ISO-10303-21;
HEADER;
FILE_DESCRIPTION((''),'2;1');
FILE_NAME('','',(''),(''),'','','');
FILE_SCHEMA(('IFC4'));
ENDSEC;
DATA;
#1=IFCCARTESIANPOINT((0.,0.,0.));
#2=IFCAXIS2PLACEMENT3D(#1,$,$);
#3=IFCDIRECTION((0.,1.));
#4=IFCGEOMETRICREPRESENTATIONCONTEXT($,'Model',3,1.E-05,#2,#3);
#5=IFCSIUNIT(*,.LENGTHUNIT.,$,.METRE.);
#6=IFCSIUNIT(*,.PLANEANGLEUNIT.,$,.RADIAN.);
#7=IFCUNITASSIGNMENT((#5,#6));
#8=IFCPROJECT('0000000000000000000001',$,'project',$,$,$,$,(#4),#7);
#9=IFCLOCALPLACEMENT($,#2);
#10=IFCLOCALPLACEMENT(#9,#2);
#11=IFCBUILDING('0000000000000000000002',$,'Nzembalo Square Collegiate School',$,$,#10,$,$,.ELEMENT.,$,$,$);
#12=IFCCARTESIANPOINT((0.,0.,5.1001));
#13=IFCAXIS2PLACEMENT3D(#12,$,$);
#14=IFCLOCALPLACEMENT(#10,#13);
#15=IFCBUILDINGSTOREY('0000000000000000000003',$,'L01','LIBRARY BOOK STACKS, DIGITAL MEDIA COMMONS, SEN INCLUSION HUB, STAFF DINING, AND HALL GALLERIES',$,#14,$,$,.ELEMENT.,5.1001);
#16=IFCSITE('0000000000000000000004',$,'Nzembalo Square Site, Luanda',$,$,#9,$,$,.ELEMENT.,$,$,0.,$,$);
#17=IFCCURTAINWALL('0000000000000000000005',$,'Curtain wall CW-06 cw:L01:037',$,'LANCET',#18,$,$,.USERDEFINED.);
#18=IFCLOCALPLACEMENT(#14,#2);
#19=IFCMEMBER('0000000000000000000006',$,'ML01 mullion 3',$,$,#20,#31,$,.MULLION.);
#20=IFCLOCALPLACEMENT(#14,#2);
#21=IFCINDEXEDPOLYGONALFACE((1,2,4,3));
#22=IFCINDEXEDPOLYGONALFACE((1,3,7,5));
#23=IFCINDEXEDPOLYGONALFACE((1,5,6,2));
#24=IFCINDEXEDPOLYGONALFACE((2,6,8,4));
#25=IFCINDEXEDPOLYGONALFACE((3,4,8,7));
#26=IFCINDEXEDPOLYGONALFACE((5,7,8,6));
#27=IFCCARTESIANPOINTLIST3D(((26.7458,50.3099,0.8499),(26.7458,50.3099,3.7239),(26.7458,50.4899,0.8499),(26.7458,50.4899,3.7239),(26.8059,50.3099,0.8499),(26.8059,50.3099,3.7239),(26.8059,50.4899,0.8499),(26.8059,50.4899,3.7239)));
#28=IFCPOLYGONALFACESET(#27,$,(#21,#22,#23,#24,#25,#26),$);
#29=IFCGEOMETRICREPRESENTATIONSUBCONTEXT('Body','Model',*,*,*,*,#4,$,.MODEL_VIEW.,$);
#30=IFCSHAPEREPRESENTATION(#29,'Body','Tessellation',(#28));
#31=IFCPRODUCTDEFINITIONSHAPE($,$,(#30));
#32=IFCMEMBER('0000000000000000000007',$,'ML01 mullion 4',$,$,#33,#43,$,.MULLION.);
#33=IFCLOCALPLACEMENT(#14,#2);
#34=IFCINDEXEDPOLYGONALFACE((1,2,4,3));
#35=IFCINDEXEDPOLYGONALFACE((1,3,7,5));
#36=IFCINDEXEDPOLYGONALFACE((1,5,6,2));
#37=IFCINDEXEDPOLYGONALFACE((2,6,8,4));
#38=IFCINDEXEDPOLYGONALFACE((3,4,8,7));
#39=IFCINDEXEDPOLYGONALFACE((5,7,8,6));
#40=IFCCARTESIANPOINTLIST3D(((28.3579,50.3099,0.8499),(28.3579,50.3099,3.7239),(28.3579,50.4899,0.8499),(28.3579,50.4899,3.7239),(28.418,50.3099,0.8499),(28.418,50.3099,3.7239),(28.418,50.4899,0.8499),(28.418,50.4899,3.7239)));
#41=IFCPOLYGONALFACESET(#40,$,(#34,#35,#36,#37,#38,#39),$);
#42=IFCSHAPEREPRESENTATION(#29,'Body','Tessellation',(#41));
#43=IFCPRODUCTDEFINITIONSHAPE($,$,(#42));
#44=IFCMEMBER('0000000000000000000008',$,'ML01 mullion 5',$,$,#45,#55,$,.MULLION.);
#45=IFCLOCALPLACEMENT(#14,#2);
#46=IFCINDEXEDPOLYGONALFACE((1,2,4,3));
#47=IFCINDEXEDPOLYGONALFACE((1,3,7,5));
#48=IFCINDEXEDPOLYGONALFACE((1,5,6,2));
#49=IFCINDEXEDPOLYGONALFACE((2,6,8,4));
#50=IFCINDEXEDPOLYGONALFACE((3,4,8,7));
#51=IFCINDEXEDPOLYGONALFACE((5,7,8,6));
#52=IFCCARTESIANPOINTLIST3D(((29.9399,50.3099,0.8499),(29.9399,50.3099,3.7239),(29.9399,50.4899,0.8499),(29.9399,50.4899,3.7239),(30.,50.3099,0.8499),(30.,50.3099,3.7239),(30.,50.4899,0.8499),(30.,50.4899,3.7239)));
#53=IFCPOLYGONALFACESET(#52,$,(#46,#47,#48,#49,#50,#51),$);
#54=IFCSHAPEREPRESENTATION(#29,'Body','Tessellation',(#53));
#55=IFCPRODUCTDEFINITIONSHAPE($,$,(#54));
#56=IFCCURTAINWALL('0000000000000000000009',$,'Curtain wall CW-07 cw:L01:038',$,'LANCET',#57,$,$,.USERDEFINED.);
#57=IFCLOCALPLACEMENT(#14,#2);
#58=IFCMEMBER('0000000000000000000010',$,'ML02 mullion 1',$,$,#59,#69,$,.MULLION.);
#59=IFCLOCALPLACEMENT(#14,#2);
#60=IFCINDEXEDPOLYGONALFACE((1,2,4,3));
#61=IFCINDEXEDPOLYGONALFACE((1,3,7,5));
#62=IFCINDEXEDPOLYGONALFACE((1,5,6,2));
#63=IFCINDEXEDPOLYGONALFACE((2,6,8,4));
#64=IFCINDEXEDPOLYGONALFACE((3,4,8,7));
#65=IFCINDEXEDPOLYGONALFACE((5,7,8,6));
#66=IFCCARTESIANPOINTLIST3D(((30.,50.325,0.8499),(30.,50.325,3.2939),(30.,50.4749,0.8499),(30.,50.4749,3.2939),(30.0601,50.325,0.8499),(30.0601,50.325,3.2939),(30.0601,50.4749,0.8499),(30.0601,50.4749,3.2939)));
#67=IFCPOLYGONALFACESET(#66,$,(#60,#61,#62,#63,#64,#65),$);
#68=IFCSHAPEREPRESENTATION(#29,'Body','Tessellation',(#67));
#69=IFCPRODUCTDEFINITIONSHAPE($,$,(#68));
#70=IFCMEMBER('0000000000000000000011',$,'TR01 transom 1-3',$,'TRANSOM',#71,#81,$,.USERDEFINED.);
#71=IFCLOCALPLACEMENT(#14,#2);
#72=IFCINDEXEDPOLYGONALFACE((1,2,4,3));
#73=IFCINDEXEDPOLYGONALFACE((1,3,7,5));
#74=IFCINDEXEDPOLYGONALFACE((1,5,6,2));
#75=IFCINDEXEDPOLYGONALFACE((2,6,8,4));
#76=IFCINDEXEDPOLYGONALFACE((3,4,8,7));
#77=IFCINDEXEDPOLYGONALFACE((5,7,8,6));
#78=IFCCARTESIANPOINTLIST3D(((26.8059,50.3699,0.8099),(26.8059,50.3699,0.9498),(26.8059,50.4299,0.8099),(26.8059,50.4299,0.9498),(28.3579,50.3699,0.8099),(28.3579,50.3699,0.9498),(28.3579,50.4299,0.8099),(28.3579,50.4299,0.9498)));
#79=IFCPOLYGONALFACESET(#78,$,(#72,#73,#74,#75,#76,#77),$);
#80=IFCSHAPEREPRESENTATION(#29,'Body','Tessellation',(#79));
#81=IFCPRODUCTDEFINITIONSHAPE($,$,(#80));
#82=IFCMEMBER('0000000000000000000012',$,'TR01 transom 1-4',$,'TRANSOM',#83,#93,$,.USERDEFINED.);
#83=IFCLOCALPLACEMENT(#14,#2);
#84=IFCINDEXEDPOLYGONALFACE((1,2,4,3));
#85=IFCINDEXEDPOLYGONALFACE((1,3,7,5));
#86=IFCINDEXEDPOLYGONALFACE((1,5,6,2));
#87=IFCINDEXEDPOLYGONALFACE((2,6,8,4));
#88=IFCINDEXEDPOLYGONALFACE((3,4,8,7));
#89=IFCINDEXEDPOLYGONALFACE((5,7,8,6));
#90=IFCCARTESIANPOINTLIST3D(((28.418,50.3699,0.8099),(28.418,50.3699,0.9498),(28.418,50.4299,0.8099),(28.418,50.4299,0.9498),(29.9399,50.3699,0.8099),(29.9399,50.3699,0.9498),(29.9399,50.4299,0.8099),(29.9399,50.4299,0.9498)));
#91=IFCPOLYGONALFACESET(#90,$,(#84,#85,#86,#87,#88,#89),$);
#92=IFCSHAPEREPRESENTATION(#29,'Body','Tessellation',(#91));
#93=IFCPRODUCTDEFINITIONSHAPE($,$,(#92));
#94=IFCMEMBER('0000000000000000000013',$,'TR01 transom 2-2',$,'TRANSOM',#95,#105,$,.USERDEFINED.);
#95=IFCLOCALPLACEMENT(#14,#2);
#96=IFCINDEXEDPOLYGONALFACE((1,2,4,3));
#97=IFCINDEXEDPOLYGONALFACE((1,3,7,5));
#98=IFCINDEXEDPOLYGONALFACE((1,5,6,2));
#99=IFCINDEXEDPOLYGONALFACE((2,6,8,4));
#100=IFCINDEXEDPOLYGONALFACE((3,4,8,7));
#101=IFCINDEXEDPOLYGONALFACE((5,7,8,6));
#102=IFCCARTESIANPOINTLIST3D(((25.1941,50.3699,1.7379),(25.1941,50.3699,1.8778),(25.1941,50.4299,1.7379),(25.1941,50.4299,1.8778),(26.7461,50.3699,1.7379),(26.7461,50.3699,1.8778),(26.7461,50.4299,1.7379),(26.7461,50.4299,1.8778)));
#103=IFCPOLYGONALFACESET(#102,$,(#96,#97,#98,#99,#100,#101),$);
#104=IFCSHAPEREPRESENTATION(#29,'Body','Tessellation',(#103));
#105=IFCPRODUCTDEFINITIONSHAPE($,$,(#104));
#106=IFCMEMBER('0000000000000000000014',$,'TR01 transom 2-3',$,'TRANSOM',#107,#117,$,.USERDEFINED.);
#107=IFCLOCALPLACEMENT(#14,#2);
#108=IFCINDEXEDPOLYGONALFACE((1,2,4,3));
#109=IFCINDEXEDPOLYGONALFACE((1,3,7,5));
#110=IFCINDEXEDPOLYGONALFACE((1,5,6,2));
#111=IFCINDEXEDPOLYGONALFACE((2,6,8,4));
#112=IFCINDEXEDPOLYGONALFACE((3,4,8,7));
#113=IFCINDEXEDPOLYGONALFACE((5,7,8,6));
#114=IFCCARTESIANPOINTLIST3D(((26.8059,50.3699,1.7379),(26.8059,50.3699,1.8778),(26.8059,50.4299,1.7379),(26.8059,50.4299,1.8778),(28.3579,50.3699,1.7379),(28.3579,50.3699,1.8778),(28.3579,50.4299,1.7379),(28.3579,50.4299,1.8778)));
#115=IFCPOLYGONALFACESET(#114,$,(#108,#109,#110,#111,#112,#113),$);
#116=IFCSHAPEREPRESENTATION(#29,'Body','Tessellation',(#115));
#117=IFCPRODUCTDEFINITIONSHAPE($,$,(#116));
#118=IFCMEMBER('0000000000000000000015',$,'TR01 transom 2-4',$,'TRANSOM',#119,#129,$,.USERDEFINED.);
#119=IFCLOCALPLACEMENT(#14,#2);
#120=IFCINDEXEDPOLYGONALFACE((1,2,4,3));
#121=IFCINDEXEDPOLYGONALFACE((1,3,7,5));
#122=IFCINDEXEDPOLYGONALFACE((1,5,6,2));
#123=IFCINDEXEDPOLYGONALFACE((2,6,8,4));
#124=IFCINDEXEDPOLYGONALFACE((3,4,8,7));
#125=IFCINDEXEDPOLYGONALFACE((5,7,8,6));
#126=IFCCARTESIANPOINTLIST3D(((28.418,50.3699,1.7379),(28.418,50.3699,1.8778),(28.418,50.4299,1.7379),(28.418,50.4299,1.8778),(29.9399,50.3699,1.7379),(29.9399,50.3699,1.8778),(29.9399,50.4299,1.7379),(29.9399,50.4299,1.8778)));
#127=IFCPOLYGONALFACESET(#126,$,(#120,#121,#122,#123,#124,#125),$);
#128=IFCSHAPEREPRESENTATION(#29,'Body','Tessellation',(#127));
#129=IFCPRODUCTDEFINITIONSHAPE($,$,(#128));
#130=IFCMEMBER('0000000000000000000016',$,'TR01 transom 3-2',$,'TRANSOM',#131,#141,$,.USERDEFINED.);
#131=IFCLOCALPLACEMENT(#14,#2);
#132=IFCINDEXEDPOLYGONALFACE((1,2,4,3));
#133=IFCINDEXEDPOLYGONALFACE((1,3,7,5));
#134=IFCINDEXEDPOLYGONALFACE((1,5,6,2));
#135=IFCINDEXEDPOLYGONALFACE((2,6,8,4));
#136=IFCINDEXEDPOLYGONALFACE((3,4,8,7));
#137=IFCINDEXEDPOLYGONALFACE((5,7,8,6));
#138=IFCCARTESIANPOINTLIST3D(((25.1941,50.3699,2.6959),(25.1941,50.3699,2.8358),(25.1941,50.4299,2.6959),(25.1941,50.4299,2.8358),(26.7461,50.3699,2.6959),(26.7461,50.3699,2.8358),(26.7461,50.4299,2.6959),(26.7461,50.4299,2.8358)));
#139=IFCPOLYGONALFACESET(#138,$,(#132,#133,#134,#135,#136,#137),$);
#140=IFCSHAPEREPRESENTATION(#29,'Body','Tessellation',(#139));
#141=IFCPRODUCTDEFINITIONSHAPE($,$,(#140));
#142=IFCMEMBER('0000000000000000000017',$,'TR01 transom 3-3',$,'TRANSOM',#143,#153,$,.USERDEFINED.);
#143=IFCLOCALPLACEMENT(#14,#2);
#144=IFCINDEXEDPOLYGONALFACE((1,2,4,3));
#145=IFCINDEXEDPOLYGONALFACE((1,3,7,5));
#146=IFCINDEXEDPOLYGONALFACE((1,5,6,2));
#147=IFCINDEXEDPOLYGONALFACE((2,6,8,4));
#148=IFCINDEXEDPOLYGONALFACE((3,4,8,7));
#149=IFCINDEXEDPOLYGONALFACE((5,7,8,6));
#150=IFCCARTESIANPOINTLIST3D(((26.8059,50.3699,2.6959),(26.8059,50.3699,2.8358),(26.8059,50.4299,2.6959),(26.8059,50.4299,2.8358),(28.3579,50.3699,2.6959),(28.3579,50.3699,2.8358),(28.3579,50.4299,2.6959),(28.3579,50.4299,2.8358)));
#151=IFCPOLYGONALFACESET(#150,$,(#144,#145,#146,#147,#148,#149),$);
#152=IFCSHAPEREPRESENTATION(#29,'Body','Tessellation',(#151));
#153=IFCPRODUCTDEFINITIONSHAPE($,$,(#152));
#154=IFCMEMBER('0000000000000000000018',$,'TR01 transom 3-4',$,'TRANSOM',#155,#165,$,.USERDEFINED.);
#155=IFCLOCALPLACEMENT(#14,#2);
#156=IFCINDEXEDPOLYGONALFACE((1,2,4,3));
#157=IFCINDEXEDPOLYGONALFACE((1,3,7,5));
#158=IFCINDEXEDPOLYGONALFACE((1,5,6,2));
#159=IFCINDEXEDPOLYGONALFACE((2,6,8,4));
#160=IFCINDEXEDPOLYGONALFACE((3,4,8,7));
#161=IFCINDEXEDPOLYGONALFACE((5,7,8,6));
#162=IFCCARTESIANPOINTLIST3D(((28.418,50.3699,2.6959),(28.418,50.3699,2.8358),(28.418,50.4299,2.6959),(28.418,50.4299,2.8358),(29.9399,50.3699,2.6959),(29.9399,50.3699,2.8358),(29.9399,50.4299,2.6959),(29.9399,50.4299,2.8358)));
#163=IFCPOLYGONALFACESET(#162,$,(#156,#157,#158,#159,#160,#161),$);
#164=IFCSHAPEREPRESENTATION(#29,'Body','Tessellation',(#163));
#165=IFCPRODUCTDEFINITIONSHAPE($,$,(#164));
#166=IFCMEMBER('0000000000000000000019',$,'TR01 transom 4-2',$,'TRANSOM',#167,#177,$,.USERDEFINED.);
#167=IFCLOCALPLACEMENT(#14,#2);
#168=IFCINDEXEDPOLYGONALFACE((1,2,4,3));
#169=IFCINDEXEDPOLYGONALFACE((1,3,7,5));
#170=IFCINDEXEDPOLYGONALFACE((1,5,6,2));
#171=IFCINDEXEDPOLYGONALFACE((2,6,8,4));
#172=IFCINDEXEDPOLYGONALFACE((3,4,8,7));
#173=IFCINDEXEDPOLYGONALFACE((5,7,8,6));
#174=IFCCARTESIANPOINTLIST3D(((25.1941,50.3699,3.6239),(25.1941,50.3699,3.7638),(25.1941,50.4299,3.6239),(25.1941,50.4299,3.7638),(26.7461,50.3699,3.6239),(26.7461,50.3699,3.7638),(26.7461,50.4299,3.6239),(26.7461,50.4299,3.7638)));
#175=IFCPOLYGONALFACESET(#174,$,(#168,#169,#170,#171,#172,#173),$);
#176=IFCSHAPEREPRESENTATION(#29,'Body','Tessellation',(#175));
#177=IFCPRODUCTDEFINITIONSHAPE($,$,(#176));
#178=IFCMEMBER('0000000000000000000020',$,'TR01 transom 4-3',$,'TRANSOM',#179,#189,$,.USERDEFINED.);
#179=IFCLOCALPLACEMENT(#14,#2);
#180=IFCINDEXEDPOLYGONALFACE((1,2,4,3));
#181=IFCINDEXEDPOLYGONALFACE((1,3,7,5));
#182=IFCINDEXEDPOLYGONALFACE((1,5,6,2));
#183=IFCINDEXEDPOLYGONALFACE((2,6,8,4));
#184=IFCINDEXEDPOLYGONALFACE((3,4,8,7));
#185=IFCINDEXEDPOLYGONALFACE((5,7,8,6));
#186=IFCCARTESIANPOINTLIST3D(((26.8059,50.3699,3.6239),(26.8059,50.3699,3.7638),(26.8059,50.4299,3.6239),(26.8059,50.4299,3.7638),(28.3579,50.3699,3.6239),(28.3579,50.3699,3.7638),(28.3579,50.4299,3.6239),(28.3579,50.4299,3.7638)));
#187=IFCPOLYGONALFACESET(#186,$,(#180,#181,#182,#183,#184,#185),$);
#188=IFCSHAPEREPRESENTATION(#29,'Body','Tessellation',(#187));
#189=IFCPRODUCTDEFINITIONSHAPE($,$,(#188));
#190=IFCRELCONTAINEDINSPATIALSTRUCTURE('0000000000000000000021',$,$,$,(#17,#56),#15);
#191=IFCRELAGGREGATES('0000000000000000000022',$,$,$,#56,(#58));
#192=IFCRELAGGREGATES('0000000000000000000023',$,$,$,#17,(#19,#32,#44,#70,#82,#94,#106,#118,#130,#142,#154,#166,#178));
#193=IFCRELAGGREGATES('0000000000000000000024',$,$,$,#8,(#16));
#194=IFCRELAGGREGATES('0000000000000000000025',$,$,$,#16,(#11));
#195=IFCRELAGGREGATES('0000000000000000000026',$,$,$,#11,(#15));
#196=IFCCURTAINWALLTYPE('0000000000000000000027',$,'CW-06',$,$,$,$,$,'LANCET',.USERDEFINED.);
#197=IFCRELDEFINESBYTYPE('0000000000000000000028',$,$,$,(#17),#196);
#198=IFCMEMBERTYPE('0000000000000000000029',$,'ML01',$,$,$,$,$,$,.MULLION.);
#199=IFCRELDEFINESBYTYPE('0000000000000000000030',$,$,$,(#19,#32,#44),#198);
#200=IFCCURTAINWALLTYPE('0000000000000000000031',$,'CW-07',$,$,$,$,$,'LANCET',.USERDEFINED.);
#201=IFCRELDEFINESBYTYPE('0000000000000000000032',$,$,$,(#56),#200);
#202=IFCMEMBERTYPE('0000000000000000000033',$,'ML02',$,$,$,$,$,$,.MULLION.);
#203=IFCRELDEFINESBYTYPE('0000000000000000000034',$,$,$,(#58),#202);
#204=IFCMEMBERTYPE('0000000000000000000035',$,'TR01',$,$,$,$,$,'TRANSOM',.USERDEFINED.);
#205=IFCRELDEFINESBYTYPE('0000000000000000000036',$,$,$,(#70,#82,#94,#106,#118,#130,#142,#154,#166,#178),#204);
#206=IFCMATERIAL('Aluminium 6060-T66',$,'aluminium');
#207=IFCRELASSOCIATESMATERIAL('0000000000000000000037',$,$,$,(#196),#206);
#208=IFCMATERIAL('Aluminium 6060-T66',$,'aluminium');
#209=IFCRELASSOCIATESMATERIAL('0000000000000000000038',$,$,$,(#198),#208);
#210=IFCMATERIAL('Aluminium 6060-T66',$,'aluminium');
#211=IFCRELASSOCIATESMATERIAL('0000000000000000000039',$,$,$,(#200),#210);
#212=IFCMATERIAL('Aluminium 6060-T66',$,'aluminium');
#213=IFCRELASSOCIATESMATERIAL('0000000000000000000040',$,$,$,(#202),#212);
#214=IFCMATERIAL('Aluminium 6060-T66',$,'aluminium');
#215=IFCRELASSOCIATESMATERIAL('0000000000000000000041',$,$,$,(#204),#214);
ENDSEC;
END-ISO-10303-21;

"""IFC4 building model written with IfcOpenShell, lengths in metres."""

from ifc_helpers import new_model, si_unit, direction, frame, origin, origin_2d, place, context, subcontext, project, spatial, rectangle, extrude, material, material_profile, profile_set, type_object, element, aggregate, save


model = new_model("IFC4")

# Units and contexts
model_context = context("Model", 3, precision=1e-05, world=origin(), true_north=direction((0.0, 1.0)))
body_context = subcontext(model_context, "Body", "Model", "MODEL_VIEW")
ifc_project = project(units=[si_unit("LENGTHUNIT", "METRE"), si_unit("PLANEANGLEUNIT", "RADIAN")], contexts=[model_context])

# Site, building, storey
site_placement = place(None, origin())
site = spatial("IfcSite", under=ifc_project, at=site_placement, Name="Nzembalo Square Site, Luanda", CompositionType="ELEMENT", RefElevation=0.0)
building_placement = place(site_placement, origin())
building = spatial("IfcBuilding", under=site, at=building_placement, Name="Nzembalo Square Collegiate School", CompositionType="ELEMENT")
storey_placement = place(building_placement, frame((0.0, 0.0, 5.1001)))
storey = spatial("IfcBuildingStorey", under=building, at=storey_placement, Name="L01", Description="LIBRARY BOOK STACKS, DIGITAL MEDIA COMMONS, SEN INCLUSION HUB, STAFF DINING, AND HALL GALLERIES", CompositionType="ELEMENT", Elevation=5.1001)

# Curtain wall, members
ifc_material_1 = material(Name="Aluminium 6060-T66", Category="aluminium")
curtain_wall_type_1 = type_object("IfcCurtainWallType", Name="CW-06", ElementType="LANCET", PredefinedType="USERDEFINED", material=ifc_material_1)
curtain_wall_1_placement = place(storey_placement, origin())
curtain_wall_1 = element("IfcCurtainWall", 1, at=curtain_wall_1_placement, inside=storey, type_object=curtain_wall_type_1, Name="Curtain wall CW-06 cw:L01:037", ObjectType="LANCET", PredefinedType="USERDEFINED")
ifc_material_2 = material(Name="Aluminium 6060-T66", Category="aluminium")
ifc_material_profile_1 = material_profile(ifc_material_2, rectangle(XDim=0.0601, YDim=0.1799, at=origin_2d()), Name="ALU M60x180")
ifc_profile_set_1 = profile_set([ifc_material_profile_1], Name="Aluminium 6060-T66")
member_type_1 = type_object("IfcMemberType", Name="ML01", PredefinedType="MULLION", material=ifc_profile_set_1)
member_1_placement = place(storey_placement, frame((26.7759, 50.3999, 0.8499), z_axis=(0.0, 0.0, 1.0), x_axis=(1.0, 0.0, 0.0)))
member_1 = element("IfcMember", 2, at=member_1_placement, type_object=member_type_1, Name="ML01 mullion 3", PredefinedType="MULLION", context=body_context, shape_type="SweptSolid", body=[
    extrude(rectangle(XDim=0.0601, YDim=0.1799, at=origin_2d()), origin(), (0.0, 0.0, 1.0), 2.874),
])
member_2_placement = place(storey_placement, frame((28.3879, 50.3999, 0.8499), z_axis=(0.0, 0.0, 1.0), x_axis=(1.0, 0.0, 0.0)))
member_2 = element("IfcMember", 3, at=member_2_placement, type_object=member_type_1, Name="ML01 mullion 4", PredefinedType="MULLION", context=body_context, shape_type="SweptSolid", body=[
    extrude(rectangle(XDim=0.0601, YDim=0.1799, at=origin_2d()), origin(), (0.0, 0.0, 1.0), 2.874),
])
member_3_placement = place(storey_placement, frame((29.97, 50.3999, 0.8499), z_axis=(0.0, 0.0, 1.0), x_axis=(1.0, 0.0, 0.0)))
member_3 = element("IfcMember", 4, at=member_3_placement, type_object=member_type_1, Name="ML01 mullion 5", PredefinedType="MULLION", context=body_context, shape_type="SweptSolid", body=[
    extrude(rectangle(XDim=0.0601, YDim=0.1799, at=origin_2d()), origin(), (0.0, 0.0, 1.0), 2.874),
])

# Curtain wall, member
ifc_material_3 = material(Name="Aluminium 6060-T66", Category="aluminium")
curtain_wall_type_2 = type_object("IfcCurtainWallType", Name="CW-07", ElementType="LANCET", PredefinedType="USERDEFINED", material=ifc_material_3)
curtain_wall_2_placement = place(storey_placement, origin())
curtain_wall_2 = element("IfcCurtainWall", 5, at=curtain_wall_2_placement, inside=storey, type_object=curtain_wall_type_2, Name="Curtain wall CW-07 cw:L01:038", ObjectType="LANCET", PredefinedType="USERDEFINED")
ifc_material_4 = material(Name="Aluminium 6060-T66", Category="aluminium")
ifc_material_profile_2 = material_profile(ifc_material_4, rectangle(XDim=0.0601, YDim=0.1499, at=origin_2d()), Name="ALU M60x150")
ifc_profile_set_2 = profile_set([ifc_material_profile_2], Name="Aluminium 6060-T66")
member_type_2 = type_object("IfcMemberType", Name="ML02", PredefinedType="MULLION", material=ifc_profile_set_2)
member_4_placement = place(storey_placement, frame((30.03, 50.3999, 0.8499), z_axis=(0.0, 0.0, 1.0), x_axis=(1.0, 0.0, 0.0)))
member_4 = element("IfcMember", 6, at=member_4_placement, type_object=member_type_2, Name="ML02 mullion 1", PredefinedType="MULLION", context=body_context, shape_type="SweptSolid", body=[
    extrude(rectangle(XDim=0.0601, YDim=0.1499, at=origin_2d()), origin(), (0.0, 0.0, 1.0), 2.4441),
])

# Members
ifc_material_5 = material(Name="Aluminium 6060-T66", Category="aluminium")
ifc_material_profile_3 = material_profile(ifc_material_5, rectangle(XDim=0.0601, YDim=0.1399, at=origin_2d()), Name="ALU T60x140")
ifc_profile_set_3 = profile_set([ifc_material_profile_3], Name="Aluminium 6060-T66")
member_type_3 = type_object("IfcMemberType", Name="TR01", ElementType="TRANSOM", PredefinedType="USERDEFINED", material=ifc_profile_set_3)
member_5_placement = place(storey_placement, frame((26.8059, 50.3999, 0.8799), z_axis=(1.0, 0.0, 0.0), x_axis=(0.0, 1.0, 0.0)))
member_5 = element("IfcMember", 7, at=member_5_placement, type_object=member_type_3, Name="TR01 transom 1-3", ObjectType="TRANSOM", PredefinedType="USERDEFINED", context=body_context, shape_type="SweptSolid", body=[
    extrude(rectangle(XDim=0.0601, YDim=0.1399, at=origin_2d()), origin(), (0.0, 0.0, 1.0), 1.552),
])
member_6_placement = place(storey_placement, frame((28.418, 50.3999, 0.8799), z_axis=(1.0, 0.0, 0.0), x_axis=(0.0, 1.0, 0.0)))
member_6 = element("IfcMember", 8, at=member_6_placement, type_object=member_type_3, Name="TR01 transom 1-4", ObjectType="TRANSOM", PredefinedType="USERDEFINED", context=body_context, shape_type="SweptSolid", body=[
    extrude(rectangle(XDim=0.0601, YDim=0.1399, at=origin_2d()), origin(), (0.0, 0.0, 1.0), 1.522),
])
member_7_placement = place(storey_placement, frame((25.1941, 50.3999, 1.8079), z_axis=(1.0, 0.0, 0.0), x_axis=(0.0, 1.0, 0.0)))
member_7 = element("IfcMember", 9, at=member_7_placement, type_object=member_type_3, Name="TR01 transom 2-2", ObjectType="TRANSOM", PredefinedType="USERDEFINED", context=body_context, shape_type="SweptSolid", body=[
    extrude(rectangle(XDim=0.0601, YDim=0.1399, at=origin_2d()), origin(), (0.0, 0.0, 1.0), 1.552),
])
member_8_placement = place(storey_placement, frame((26.8059, 50.3999, 1.8079), z_axis=(1.0, 0.0, 0.0), x_axis=(0.0, 1.0, 0.0)))
member_8 = element("IfcMember", 10, at=member_8_placement, type_object=member_type_3, Name="TR01 transom 2-3", ObjectType="TRANSOM", PredefinedType="USERDEFINED", context=body_context, shape_type="SweptSolid", body=[
    extrude(rectangle(XDim=0.0601, YDim=0.1399, at=origin_2d()), origin(), (0.0, 0.0, 1.0), 1.552),
])
member_9_placement = place(storey_placement, frame((28.418, 50.3999, 1.8079), z_axis=(1.0, 0.0, 0.0), x_axis=(0.0, 1.0, 0.0)))
member_9 = element("IfcMember", 11, at=member_9_placement, type_object=member_type_3, Name="TR01 transom 2-4", ObjectType="TRANSOM", PredefinedType="USERDEFINED", context=body_context, shape_type="SweptSolid", body=[
    extrude(rectangle(XDim=0.0601, YDim=0.1399, at=origin_2d()), origin(), (0.0, 0.0, 1.0), 1.522),
])
member_10_placement = place(storey_placement, frame((25.1941, 50.3999, 2.7659), z_axis=(1.0, 0.0, 0.0), x_axis=(0.0, 1.0, 0.0)))
member_10 = element("IfcMember", 12, at=member_10_placement, type_object=member_type_3, Name="TR01 transom 3-2", ObjectType="TRANSOM", PredefinedType="USERDEFINED", context=body_context, shape_type="SweptSolid", body=[
    extrude(rectangle(XDim=0.0601, YDim=0.1399, at=origin_2d()), origin(), (0.0, 0.0, 1.0), 1.552),
])
member_11_placement = place(storey_placement, frame((26.8059, 50.3999, 2.7659), z_axis=(1.0, 0.0, 0.0), x_axis=(0.0, 1.0, 0.0)))
member_11 = element("IfcMember", 13, at=member_11_placement, type_object=member_type_3, Name="TR01 transom 3-3", ObjectType="TRANSOM", PredefinedType="USERDEFINED", context=body_context, shape_type="SweptSolid", body=[
    extrude(rectangle(XDim=0.0601, YDim=0.1399, at=origin_2d()), origin(), (0.0, 0.0, 1.0), 1.552),
])
member_12_placement = place(storey_placement, frame((28.418, 50.3999, 2.7659), z_axis=(1.0, 0.0, 0.0), x_axis=(0.0, 1.0, 0.0)))
member_12 = element("IfcMember", 14, at=member_12_placement, type_object=member_type_3, Name="TR01 transom 3-4", ObjectType="TRANSOM", PredefinedType="USERDEFINED", context=body_context, shape_type="SweptSolid", body=[
    extrude(rectangle(XDim=0.0601, YDim=0.1399, at=origin_2d()), origin(), (0.0, 0.0, 1.0), 1.522),
])
member_13_placement = place(storey_placement, frame((25.1941, 50.3999, 3.6938), z_axis=(1.0, 0.0, 0.0), x_axis=(0.0, 1.0, 0.0)))
member_13 = element("IfcMember", 15, at=member_13_placement, type_object=member_type_3, Name="TR01 transom 4-2", ObjectType="TRANSOM", PredefinedType="USERDEFINED", context=body_context, shape_type="SweptSolid", body=[
    extrude(rectangle(XDim=0.0601, YDim=0.1399, at=origin_2d()), origin(), (0.0, 0.0, 1.0), 1.552),
])
member_14_placement = place(storey_placement, frame((26.8059, 50.3999, 3.6938), z_axis=(1.0, 0.0, 0.0), x_axis=(0.0, 1.0, 0.0)))
member_14 = element("IfcMember", 16, at=member_14_placement, type_object=member_type_3, Name="TR01 transom 4-3", ObjectType="TRANSOM", PredefinedType="USERDEFINED", context=body_context, shape_type="SweptSolid", body=[
    extrude(rectangle(XDim=0.0601, YDim=0.1399, at=origin_2d()), origin(), (0.0, 0.0, 1.0), 1.552),
])
aggregate(curtain_wall_2, [member_4])

aggregate(curtain_wall_1, [member_1, member_2, member_3, member_5, member_6, member_7, member_8, member_9, member_10, member_11, member_12, member_13, member_14])

save(model, "model.ifc")
